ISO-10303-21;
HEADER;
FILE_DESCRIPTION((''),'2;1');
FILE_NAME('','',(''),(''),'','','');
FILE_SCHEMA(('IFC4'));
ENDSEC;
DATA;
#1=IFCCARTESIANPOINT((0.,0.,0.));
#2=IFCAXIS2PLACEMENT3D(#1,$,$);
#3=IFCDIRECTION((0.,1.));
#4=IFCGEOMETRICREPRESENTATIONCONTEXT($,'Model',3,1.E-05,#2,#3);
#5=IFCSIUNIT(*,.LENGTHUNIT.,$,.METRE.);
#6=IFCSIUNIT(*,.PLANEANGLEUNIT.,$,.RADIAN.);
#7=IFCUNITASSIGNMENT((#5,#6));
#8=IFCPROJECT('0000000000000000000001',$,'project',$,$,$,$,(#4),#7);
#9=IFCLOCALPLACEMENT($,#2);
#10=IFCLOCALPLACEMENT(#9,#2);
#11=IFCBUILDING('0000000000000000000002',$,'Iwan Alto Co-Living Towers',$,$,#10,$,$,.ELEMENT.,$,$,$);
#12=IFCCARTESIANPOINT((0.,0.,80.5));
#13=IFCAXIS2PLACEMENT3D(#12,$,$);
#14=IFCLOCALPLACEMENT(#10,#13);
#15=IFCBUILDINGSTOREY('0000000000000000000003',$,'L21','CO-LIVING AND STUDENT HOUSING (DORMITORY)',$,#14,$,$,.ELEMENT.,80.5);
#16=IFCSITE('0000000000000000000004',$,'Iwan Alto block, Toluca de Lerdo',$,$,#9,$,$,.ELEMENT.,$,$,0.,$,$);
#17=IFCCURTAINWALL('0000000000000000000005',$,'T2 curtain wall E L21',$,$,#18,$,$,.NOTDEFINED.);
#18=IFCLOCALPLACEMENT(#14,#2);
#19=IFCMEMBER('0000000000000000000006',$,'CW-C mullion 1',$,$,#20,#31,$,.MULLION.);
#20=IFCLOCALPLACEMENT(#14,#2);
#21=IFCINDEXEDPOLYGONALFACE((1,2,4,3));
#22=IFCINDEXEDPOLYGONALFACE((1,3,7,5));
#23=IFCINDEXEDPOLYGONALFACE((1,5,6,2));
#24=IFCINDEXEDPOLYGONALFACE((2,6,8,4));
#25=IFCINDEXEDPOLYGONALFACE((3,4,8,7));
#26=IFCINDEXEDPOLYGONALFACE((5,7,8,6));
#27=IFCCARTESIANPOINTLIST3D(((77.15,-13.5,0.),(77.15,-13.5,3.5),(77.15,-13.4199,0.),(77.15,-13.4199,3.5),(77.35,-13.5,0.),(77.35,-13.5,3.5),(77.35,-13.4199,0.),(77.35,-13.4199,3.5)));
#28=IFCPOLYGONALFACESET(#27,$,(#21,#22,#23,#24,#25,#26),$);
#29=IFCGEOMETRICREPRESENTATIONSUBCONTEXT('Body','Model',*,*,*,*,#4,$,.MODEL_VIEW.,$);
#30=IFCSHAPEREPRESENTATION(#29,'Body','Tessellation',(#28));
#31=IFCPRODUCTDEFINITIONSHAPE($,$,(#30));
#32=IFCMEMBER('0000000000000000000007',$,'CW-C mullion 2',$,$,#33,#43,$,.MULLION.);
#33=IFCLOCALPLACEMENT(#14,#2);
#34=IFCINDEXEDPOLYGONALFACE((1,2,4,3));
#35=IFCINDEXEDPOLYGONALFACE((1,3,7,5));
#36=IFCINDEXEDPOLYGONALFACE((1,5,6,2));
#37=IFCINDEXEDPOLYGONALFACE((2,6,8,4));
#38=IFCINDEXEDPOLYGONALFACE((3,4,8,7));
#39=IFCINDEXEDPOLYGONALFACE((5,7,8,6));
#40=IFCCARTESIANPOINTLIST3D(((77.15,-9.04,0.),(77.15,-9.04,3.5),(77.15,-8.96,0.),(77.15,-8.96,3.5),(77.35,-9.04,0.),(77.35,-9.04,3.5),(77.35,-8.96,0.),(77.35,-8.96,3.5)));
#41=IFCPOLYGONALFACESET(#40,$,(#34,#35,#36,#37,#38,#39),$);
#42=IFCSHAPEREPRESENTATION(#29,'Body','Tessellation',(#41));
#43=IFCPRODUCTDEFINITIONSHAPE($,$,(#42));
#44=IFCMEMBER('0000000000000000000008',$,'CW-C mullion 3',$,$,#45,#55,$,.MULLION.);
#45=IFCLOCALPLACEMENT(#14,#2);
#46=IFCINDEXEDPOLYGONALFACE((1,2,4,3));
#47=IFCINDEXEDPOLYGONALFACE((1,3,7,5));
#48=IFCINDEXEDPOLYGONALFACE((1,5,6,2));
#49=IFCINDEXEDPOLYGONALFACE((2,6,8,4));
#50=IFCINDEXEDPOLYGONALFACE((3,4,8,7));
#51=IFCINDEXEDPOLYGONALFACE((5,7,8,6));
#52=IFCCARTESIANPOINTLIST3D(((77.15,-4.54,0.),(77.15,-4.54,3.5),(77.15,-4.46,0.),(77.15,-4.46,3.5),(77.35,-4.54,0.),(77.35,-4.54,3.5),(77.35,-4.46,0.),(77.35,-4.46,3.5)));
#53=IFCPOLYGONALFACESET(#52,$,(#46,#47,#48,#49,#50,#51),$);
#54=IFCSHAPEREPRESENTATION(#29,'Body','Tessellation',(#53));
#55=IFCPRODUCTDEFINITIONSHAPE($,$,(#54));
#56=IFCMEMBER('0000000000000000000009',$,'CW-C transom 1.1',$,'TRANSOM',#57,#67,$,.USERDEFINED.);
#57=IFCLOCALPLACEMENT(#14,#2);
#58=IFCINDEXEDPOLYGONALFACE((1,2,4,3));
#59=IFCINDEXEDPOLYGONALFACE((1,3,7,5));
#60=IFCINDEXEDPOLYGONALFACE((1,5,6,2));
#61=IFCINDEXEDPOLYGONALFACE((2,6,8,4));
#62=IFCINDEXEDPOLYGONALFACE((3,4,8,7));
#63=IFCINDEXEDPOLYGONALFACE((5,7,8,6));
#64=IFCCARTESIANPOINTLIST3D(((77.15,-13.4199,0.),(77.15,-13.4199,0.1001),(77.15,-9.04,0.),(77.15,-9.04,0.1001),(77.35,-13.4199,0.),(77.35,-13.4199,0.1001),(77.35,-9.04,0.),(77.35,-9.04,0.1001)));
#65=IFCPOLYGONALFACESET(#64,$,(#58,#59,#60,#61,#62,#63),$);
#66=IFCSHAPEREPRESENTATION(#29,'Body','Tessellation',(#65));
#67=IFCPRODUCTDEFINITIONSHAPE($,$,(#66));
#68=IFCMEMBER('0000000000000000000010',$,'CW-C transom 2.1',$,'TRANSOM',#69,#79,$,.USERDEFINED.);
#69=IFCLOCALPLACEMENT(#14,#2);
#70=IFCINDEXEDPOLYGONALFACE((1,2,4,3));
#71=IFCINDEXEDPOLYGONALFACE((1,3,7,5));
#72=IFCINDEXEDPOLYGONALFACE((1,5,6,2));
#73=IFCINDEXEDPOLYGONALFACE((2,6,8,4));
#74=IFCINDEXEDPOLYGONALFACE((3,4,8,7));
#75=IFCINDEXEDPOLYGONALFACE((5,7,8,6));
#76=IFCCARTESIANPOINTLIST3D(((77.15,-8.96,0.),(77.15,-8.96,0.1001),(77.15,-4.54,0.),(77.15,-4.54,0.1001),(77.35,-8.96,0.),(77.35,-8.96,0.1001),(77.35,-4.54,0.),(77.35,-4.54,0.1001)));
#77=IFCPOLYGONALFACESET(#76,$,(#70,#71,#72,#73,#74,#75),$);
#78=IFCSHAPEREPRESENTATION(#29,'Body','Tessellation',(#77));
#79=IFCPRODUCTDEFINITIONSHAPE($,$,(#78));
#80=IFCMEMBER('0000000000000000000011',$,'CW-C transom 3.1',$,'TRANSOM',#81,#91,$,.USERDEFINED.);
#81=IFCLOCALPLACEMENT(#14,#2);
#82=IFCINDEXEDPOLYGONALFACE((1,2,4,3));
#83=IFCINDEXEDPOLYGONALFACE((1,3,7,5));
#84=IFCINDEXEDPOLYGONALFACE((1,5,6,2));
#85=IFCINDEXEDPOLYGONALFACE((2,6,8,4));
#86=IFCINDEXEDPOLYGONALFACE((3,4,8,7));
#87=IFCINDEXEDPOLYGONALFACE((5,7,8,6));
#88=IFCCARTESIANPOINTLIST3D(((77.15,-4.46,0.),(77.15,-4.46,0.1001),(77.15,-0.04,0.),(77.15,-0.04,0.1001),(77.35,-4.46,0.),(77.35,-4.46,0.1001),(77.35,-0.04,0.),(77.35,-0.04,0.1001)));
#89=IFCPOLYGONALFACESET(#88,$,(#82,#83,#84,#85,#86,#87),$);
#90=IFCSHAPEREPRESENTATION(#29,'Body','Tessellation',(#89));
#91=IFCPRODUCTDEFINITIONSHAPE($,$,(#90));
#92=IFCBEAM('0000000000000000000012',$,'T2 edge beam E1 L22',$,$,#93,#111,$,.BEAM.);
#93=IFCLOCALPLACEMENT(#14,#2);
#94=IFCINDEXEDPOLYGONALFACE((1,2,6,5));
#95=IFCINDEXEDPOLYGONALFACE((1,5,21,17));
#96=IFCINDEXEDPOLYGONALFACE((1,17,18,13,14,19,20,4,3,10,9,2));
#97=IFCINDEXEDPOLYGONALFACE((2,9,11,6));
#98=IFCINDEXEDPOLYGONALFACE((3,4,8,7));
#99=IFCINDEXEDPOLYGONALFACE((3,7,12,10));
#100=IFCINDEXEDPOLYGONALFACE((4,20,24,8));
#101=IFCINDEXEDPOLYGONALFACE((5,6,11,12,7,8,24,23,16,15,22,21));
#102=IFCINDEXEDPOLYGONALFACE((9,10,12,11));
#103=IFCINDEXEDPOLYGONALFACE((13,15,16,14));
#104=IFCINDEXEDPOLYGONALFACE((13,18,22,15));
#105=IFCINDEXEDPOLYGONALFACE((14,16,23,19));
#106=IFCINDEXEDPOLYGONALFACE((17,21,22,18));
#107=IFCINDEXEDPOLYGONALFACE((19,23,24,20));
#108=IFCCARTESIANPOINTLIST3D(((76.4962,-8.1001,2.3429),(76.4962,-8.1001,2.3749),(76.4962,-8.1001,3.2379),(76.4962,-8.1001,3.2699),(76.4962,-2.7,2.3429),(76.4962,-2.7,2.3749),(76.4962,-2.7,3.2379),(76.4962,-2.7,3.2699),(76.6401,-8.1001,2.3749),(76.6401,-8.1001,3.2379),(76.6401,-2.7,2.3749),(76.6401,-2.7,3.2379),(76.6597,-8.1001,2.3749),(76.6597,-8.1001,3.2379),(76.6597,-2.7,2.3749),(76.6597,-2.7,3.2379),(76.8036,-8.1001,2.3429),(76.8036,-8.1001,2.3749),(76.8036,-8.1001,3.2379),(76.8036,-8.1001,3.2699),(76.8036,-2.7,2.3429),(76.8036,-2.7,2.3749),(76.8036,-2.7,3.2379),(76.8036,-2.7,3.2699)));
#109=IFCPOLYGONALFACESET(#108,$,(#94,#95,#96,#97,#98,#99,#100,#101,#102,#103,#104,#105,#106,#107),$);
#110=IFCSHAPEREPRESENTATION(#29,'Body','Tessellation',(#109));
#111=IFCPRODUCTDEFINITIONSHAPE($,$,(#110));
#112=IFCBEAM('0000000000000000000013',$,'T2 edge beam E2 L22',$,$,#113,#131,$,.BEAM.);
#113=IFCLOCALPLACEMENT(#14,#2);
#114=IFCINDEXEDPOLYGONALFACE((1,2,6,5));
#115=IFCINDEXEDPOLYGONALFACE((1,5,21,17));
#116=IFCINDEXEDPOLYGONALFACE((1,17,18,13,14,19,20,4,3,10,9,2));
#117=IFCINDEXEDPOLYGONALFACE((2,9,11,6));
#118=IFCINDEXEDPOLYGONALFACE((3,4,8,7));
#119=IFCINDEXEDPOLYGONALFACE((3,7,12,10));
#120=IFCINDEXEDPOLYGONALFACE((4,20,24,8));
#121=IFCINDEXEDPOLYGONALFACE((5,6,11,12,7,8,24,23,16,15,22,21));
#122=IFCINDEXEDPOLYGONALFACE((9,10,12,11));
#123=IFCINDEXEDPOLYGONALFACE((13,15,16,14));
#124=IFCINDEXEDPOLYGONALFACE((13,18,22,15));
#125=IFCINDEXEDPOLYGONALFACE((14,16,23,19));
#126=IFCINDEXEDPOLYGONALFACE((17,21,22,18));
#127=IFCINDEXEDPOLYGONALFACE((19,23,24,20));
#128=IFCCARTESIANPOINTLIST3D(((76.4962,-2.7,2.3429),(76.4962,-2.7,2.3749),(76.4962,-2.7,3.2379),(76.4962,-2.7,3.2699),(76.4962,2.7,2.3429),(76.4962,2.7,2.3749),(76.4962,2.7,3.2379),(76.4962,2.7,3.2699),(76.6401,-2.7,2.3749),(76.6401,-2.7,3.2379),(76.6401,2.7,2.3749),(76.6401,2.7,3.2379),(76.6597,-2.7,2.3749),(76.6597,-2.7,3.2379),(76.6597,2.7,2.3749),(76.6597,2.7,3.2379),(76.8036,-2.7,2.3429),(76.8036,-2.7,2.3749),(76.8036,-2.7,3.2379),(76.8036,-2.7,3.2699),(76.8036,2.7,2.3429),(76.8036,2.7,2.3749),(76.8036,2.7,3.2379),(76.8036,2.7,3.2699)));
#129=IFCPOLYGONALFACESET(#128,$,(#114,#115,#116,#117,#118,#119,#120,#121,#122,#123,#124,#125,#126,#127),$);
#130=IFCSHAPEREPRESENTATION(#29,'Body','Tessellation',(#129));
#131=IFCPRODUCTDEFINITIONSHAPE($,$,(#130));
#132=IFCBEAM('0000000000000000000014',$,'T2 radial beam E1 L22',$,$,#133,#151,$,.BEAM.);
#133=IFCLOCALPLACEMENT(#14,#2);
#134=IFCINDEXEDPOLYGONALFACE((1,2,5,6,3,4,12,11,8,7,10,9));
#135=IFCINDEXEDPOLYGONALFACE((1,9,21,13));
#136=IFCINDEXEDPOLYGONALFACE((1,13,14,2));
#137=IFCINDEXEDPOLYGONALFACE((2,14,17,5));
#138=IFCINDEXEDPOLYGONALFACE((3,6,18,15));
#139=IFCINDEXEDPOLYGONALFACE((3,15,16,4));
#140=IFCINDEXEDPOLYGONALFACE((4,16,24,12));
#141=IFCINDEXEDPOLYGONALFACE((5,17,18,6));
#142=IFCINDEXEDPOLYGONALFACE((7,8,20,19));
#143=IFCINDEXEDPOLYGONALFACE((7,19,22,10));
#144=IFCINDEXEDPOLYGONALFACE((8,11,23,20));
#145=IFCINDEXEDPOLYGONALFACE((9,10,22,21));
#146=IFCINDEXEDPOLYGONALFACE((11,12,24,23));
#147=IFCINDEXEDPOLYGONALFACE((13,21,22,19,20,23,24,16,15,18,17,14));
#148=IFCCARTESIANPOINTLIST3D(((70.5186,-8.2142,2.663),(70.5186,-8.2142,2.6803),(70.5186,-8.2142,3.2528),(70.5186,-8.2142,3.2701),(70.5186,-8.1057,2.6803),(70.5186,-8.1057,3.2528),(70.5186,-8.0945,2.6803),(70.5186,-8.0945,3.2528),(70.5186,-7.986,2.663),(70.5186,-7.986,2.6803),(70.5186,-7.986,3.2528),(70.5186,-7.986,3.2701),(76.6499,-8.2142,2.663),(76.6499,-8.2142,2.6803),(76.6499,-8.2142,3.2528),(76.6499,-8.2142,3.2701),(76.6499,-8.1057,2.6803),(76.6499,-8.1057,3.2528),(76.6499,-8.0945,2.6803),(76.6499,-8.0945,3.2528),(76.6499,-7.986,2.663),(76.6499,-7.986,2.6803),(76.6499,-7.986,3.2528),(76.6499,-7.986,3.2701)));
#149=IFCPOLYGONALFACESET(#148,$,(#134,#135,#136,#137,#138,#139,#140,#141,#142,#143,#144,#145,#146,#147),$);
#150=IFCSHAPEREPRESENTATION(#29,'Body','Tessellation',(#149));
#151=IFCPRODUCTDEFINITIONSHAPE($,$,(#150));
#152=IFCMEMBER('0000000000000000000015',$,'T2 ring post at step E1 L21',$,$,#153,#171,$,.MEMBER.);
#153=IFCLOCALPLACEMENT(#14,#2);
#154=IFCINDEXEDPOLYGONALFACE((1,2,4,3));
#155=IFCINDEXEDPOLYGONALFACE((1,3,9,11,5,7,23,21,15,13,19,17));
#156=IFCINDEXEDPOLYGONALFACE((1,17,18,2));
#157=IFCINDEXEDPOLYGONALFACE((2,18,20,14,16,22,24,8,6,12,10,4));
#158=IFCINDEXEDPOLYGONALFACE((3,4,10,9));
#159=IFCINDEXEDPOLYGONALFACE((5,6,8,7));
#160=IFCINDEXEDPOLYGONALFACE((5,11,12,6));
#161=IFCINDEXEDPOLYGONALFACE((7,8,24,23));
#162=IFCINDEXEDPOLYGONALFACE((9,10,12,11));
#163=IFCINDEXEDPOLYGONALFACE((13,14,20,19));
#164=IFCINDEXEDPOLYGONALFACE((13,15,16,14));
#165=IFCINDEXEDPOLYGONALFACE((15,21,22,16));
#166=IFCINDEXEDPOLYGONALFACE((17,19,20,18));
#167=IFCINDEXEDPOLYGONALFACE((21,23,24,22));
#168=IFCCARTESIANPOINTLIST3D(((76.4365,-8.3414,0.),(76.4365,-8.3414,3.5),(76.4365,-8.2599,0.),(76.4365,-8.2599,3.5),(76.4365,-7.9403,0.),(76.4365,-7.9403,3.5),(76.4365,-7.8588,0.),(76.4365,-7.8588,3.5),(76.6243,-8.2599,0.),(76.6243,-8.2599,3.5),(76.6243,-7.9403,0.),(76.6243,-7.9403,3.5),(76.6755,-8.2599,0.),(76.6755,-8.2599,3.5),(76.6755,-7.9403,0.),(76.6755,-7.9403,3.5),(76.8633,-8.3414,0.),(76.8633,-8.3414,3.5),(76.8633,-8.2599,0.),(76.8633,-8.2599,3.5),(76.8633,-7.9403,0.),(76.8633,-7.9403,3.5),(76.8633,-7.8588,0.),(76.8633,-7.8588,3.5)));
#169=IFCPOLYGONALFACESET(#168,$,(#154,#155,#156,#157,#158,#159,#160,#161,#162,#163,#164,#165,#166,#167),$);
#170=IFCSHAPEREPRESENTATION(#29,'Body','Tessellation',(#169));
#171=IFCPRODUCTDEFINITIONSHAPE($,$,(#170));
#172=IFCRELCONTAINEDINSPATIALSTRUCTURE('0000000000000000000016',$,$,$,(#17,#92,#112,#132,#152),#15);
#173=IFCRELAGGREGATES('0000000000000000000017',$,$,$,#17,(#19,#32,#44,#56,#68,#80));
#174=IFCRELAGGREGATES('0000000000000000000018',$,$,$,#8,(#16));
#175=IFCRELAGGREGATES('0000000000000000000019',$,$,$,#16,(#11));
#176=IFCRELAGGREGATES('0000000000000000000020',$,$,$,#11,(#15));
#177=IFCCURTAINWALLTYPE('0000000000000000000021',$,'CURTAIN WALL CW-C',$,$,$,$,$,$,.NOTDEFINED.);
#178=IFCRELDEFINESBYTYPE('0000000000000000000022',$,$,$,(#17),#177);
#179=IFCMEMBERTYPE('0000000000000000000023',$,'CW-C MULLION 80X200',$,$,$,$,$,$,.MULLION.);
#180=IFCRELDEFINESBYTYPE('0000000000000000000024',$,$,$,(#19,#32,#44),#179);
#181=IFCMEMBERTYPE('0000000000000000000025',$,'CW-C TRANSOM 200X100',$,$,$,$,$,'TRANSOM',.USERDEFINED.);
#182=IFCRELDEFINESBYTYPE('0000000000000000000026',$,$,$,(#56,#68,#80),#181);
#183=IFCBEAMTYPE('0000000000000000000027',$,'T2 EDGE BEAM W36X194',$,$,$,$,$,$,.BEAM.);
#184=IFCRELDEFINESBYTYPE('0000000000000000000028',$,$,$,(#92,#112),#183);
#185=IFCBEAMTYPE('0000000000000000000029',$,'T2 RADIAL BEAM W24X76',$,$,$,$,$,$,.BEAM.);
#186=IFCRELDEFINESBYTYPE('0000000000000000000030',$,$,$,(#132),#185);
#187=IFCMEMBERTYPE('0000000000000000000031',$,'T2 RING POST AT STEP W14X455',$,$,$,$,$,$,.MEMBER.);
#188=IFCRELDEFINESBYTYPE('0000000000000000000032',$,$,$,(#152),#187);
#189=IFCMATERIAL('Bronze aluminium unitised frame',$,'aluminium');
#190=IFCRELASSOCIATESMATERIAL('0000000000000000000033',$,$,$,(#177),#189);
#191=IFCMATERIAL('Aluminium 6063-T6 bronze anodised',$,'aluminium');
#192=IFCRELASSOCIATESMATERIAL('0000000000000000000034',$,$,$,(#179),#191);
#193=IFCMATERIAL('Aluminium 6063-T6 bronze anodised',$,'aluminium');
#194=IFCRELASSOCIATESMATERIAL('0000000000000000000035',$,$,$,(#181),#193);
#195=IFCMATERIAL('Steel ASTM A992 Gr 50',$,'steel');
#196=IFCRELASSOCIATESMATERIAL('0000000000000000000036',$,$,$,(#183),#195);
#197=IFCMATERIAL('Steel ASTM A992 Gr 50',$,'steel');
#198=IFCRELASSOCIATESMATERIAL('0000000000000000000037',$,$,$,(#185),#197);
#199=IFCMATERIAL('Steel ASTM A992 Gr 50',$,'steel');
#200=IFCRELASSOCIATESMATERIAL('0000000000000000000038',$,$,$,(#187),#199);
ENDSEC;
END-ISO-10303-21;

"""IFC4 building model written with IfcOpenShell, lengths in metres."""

from ifc_helpers import new_model, si_unit, direction, frame, origin, origin_2d, place, context, subcontext, project, spatial, rectangle, i_section, extrude, material, material_profile, profile_set, type_object, element, aggregate, save


model = new_model("IFC4")

# Units and contexts
model_context = context("Model", 3, precision=1e-05, world=origin(), true_north=direction((0.0, 1.0)))
body_context = subcontext(model_context, "Body", "Model", "MODEL_VIEW")
ifc_project = project(units=[si_unit("LENGTHUNIT", "METRE"), si_unit("PLANEANGLEUNIT", "RADIAN")], contexts=[model_context])

# Site, building, storey
site_placement = place(None, origin())
site = spatial("IfcSite", under=ifc_project, at=site_placement, Name="Iwan Alto block, Toluca de Lerdo", CompositionType="ELEMENT", RefElevation=0.0)
building_placement = place(site_placement, origin())
building = spatial("IfcBuilding", under=site, at=building_placement, Name="Iwan Alto Co-Living Towers", CompositionType="ELEMENT")
storey_placement = place(building_placement, frame((0.0, 0.0, 80.5)))
storey = spatial("IfcBuildingStorey", under=building, at=storey_placement, Name="L21", Description="CO-LIVING AND STUDENT HOUSING (DORMITORY)", CompositionType="ELEMENT", Elevation=80.5)

# Curtain wall, members
ifc_material_1 = material(Name="Bronze aluminium unitised frame", Category="aluminium")
curtain_wall_type = type_object("IfcCurtainWallType", Name="CURTAIN WALL CW-C", PredefinedType="NOTDEFINED", material=ifc_material_1)
curtain_wall_placement = place(storey_placement, origin())
curtain_wall = element("IfcCurtainWall", 1, at=curtain_wall_placement, inside=storey, type_object=curtain_wall_type, Name="T2 curtain wall E L21", PredefinedType="NOTDEFINED")
ifc_material_2 = material(Name="Aluminium 6063-T6 bronze anodised", Category="aluminium")
ifc_material_profile_1 = material_profile(ifc_material_2, rectangle(XDim=0.2, YDim=0.0801, at=origin_2d()), Name="AL 80X200")
ifc_profile_set_1 = profile_set([ifc_material_profile_1], Name="Aluminium 6063-T6 bronze anodised")
member_type_1 = type_object("IfcMemberType", Name="CW-C MULLION 80X200", PredefinedType="MULLION", material=ifc_profile_set_1)
member_1_placement = place(storey_placement, frame((77.25, -13.46, 0.0), z_axis=(0.0, 0.0, 1.0), x_axis=(-1.0, 0.0, 0.0)))
member_1 = element("IfcMember", 2, at=member_1_placement, type_object=member_type_1, Name="CW-C mullion 1", PredefinedType="MULLION", context=body_context, shape_type="SweptSolid", body=[
    extrude(rectangle(XDim=0.2, YDim=0.0801, at=origin_2d()), origin(), (0.0, 0.0, 1.0), 3.5),
])
member_2_placement = place(storey_placement, frame((77.25, -9.0, 0.0), z_axis=(0.0, 0.0, 1.0), x_axis=(-1.0, 0.0, 0.0)))
member_2 = element("IfcMember", 3, at=member_2_placement, type_object=member_type_1, Name="CW-C mullion 2", PredefinedType="MULLION", context=body_context, shape_type="SweptSolid", body=[
    extrude(rectangle(XDim=0.2, YDim=0.0801, at=origin_2d()), origin(), (0.0, 0.0, 1.0), 3.5),
])
member_3_placement = place(storey_placement, frame((77.25, -4.5, 0.0), z_axis=(0.0, 0.0, 1.0), x_axis=(-1.0, 0.0, 0.0)))
member_3 = element("IfcMember", 4, at=member_3_placement, type_object=member_type_1, Name="CW-C mullion 3", PredefinedType="MULLION", context=body_context, shape_type="SweptSolid", body=[
    extrude(rectangle(XDim=0.2, YDim=0.0801, at=origin_2d()), origin(), (0.0, 0.0, 1.0), 3.5),
])
ifc_material_3 = material(Name="Aluminium 6063-T6 bronze anodised", Category="aluminium")
ifc_material_profile_2 = material_profile(ifc_material_3, rectangle(XDim=0.2, YDim=0.1001, at=origin_2d()), Name="AL 200X100")
ifc_profile_set_2 = profile_set([ifc_material_profile_2], Name="Aluminium 6063-T6 bronze anodised")
member_type_2 = type_object("IfcMemberType", Name="CW-C TRANSOM 200X100", ElementType="TRANSOM", PredefinedType="USERDEFINED", material=ifc_profile_set_2)
member_4_placement = place(storey_placement, frame((77.25, -13.4199, 0.05), z_axis=(0.0, 1.0, 0.0), x_axis=(-1.0, 0.0, 0.0)))
member_4 = element("IfcMember", 5, at=member_4_placement, type_object=member_type_2, Name="CW-C transom 1.1", ObjectType="TRANSOM", PredefinedType="USERDEFINED", context=body_context, shape_type="SweptSolid", body=[
    extrude(rectangle(XDim=0.2, YDim=0.1001, at=origin_2d()), origin(), (0.0, 0.0, 1.0), 4.3799),
])
member_5_placement = place(storey_placement, frame((77.25, -8.96, 0.05), z_axis=(0.0, 1.0, 0.0), x_axis=(-1.0, 0.0, 0.0)))
member_5 = element("IfcMember", 6, at=member_5_placement, type_object=member_type_2, Name="CW-C transom 2.1", ObjectType="TRANSOM", PredefinedType="USERDEFINED", context=body_context, shape_type="SweptSolid", body=[
    extrude(rectangle(XDim=0.2, YDim=0.1001, at=origin_2d()), origin(), (0.0, 0.0, 1.0), 4.4199),
])
member_6_placement = place(storey_placement, frame((77.25, -4.46, 0.05), z_axis=(0.0, 1.0, 0.0), x_axis=(-1.0, 0.0, 0.0)))
member_6 = element("IfcMember", 7, at=member_6_placement, type_object=member_type_2, Name="CW-C transom 3.1", ObjectType="TRANSOM", PredefinedType="USERDEFINED", context=body_context, shape_type="SweptSolid", body=[
    extrude(rectangle(XDim=0.2, YDim=0.1001, at=origin_2d()), origin(), (0.0, 0.0, 1.0), 4.4199),
])

# Beams
ifc_material_4 = material(Name="Steel ASTM A992 Gr 50", Category="steel")
ifc_material_profile_3 = material_profile(ifc_material_4, i_section(OverallWidth=0.3074, OverallDepth=0.927, WebThickness=0.0195, FlangeThickness=0.032, at=origin_2d()), Name="W36X194")
ifc_profile_set_3 = profile_set([ifc_material_profile_3], Name="Steel ASTM A992 Gr 50")
beam_type_1 = type_object("IfcBeamType", Name="T2 EDGE BEAM W36X194", PredefinedType="BEAM", material=ifc_profile_set_3)
beam_1_placement = place(storey_placement, frame((76.6499, -8.1001, 2.8064), z_axis=(0.0, 1.0, 0.0), x_axis=(-1.0, 0.0, 0.0)))
element("IfcBeam", 8, at=beam_1_placement, inside=storey, type_object=beam_type_1, Name="T2 edge beam E1 L22", PredefinedType="BEAM", context=body_context, shape_type="SweptSolid", body=[
    extrude(i_section(OverallWidth=0.3074, OverallDepth=0.927, WebThickness=0.0195, FlangeThickness=0.032, at=origin_2d()), origin(), (0.0, 0.0, 1.0), 5.4001),
])
beam_2_placement = place(storey_placement, frame((76.6499, -2.7, 2.8064), z_axis=(0.0, 1.0, 0.0), x_axis=(-1.0, 0.0, 0.0)))
element("IfcBeam", 9, at=beam_2_placement, inside=storey, type_object=beam_type_1, Name="T2 edge beam E2 L22", PredefinedType="BEAM", context=body_context, shape_type="SweptSolid", body=[
    extrude(i_section(OverallWidth=0.3074, OverallDepth=0.927, WebThickness=0.0195, FlangeThickness=0.032, at=origin_2d()), origin(), (0.0, 0.0, 1.0), 5.3999),
])
ifc_material_5 = material(Name="Steel ASTM A992 Gr 50", Category="steel")
ifc_material_profile_4 = material_profile(ifc_material_5, i_section(OverallWidth=0.2283, OverallDepth=0.6072, WebThickness=0.0112, FlangeThickness=0.0173, at=origin_2d()), Name="W24X76")
ifc_profile_set_4 = profile_set([ifc_material_profile_4], Name="Steel ASTM A992 Gr 50")
beam_type_2 = type_object("IfcBeamType", Name="T2 RADIAL BEAM W24X76", PredefinedType="BEAM", material=ifc_profile_set_4)
beam_3_placement = place(storey_placement, frame((76.6499, -8.1001, 2.9666), z_axis=(-1.0, 0.0, 0.0), x_axis=(0.0, -1.0, 0.0)))
element("IfcBeam", 10, at=beam_3_placement, inside=storey, type_object=beam_type_2, Name="T2 radial beam E1 L22", PredefinedType="BEAM", context=body_context, shape_type="SweptSolid", body=[
    extrude(i_section(OverallWidth=0.2283, OverallDepth=0.6072, WebThickness=0.0112, FlangeThickness=0.0173, at=origin_2d()), origin(), (0.0, 0.0, 1.0), 6.1313),
])

# Member
ifc_material_6 = material(Name="Steel ASTM A992 Gr 50", Category="steel")
ifc_material_profile_5 = material_profile(ifc_material_6, i_section(OverallWidth=0.4268, OverallDepth=0.4827, WebThickness=0.0513, FlangeThickness=0.0815, at=origin_2d()), Name="W14X455")
ifc_profile_set_5 = profile_set([ifc_material_profile_5], Name="Steel ASTM A992 Gr 50")
member_type_3 = type_object("IfcMemberType", Name="T2 RING POST AT STEP W14X455", PredefinedType="MEMBER", material=ifc_profile_set_5)
for number, where, z_axis, x_axis, name in (
    (11, (76.6499, -8.1001, 0.0), (0.0, 0.0, 1.0), (1.0, 0.0, 0.0), "T2 ring post at step E1 L21"),
):
    element("IfcMember", number, at=place(storey_placement, frame(where, z_axis=z_axis, x_axis=x_axis)), inside=storey, type_object=member_type_3, Name=name, PredefinedType="MEMBER", context=body_context, shape_type="SweptSolid", body=[
        extrude(i_section(OverallWidth=0.4268, OverallDepth=0.4827, WebThickness=0.0513, FlangeThickness=0.0815, at=origin_2d()), origin(), (0.0, 0.0, 1.0), 3.5),
    ])

aggregate(curtain_wall, [member_1, member_2, member_3, member_4, member_5, member_6])

save(model, "model.ifc")
